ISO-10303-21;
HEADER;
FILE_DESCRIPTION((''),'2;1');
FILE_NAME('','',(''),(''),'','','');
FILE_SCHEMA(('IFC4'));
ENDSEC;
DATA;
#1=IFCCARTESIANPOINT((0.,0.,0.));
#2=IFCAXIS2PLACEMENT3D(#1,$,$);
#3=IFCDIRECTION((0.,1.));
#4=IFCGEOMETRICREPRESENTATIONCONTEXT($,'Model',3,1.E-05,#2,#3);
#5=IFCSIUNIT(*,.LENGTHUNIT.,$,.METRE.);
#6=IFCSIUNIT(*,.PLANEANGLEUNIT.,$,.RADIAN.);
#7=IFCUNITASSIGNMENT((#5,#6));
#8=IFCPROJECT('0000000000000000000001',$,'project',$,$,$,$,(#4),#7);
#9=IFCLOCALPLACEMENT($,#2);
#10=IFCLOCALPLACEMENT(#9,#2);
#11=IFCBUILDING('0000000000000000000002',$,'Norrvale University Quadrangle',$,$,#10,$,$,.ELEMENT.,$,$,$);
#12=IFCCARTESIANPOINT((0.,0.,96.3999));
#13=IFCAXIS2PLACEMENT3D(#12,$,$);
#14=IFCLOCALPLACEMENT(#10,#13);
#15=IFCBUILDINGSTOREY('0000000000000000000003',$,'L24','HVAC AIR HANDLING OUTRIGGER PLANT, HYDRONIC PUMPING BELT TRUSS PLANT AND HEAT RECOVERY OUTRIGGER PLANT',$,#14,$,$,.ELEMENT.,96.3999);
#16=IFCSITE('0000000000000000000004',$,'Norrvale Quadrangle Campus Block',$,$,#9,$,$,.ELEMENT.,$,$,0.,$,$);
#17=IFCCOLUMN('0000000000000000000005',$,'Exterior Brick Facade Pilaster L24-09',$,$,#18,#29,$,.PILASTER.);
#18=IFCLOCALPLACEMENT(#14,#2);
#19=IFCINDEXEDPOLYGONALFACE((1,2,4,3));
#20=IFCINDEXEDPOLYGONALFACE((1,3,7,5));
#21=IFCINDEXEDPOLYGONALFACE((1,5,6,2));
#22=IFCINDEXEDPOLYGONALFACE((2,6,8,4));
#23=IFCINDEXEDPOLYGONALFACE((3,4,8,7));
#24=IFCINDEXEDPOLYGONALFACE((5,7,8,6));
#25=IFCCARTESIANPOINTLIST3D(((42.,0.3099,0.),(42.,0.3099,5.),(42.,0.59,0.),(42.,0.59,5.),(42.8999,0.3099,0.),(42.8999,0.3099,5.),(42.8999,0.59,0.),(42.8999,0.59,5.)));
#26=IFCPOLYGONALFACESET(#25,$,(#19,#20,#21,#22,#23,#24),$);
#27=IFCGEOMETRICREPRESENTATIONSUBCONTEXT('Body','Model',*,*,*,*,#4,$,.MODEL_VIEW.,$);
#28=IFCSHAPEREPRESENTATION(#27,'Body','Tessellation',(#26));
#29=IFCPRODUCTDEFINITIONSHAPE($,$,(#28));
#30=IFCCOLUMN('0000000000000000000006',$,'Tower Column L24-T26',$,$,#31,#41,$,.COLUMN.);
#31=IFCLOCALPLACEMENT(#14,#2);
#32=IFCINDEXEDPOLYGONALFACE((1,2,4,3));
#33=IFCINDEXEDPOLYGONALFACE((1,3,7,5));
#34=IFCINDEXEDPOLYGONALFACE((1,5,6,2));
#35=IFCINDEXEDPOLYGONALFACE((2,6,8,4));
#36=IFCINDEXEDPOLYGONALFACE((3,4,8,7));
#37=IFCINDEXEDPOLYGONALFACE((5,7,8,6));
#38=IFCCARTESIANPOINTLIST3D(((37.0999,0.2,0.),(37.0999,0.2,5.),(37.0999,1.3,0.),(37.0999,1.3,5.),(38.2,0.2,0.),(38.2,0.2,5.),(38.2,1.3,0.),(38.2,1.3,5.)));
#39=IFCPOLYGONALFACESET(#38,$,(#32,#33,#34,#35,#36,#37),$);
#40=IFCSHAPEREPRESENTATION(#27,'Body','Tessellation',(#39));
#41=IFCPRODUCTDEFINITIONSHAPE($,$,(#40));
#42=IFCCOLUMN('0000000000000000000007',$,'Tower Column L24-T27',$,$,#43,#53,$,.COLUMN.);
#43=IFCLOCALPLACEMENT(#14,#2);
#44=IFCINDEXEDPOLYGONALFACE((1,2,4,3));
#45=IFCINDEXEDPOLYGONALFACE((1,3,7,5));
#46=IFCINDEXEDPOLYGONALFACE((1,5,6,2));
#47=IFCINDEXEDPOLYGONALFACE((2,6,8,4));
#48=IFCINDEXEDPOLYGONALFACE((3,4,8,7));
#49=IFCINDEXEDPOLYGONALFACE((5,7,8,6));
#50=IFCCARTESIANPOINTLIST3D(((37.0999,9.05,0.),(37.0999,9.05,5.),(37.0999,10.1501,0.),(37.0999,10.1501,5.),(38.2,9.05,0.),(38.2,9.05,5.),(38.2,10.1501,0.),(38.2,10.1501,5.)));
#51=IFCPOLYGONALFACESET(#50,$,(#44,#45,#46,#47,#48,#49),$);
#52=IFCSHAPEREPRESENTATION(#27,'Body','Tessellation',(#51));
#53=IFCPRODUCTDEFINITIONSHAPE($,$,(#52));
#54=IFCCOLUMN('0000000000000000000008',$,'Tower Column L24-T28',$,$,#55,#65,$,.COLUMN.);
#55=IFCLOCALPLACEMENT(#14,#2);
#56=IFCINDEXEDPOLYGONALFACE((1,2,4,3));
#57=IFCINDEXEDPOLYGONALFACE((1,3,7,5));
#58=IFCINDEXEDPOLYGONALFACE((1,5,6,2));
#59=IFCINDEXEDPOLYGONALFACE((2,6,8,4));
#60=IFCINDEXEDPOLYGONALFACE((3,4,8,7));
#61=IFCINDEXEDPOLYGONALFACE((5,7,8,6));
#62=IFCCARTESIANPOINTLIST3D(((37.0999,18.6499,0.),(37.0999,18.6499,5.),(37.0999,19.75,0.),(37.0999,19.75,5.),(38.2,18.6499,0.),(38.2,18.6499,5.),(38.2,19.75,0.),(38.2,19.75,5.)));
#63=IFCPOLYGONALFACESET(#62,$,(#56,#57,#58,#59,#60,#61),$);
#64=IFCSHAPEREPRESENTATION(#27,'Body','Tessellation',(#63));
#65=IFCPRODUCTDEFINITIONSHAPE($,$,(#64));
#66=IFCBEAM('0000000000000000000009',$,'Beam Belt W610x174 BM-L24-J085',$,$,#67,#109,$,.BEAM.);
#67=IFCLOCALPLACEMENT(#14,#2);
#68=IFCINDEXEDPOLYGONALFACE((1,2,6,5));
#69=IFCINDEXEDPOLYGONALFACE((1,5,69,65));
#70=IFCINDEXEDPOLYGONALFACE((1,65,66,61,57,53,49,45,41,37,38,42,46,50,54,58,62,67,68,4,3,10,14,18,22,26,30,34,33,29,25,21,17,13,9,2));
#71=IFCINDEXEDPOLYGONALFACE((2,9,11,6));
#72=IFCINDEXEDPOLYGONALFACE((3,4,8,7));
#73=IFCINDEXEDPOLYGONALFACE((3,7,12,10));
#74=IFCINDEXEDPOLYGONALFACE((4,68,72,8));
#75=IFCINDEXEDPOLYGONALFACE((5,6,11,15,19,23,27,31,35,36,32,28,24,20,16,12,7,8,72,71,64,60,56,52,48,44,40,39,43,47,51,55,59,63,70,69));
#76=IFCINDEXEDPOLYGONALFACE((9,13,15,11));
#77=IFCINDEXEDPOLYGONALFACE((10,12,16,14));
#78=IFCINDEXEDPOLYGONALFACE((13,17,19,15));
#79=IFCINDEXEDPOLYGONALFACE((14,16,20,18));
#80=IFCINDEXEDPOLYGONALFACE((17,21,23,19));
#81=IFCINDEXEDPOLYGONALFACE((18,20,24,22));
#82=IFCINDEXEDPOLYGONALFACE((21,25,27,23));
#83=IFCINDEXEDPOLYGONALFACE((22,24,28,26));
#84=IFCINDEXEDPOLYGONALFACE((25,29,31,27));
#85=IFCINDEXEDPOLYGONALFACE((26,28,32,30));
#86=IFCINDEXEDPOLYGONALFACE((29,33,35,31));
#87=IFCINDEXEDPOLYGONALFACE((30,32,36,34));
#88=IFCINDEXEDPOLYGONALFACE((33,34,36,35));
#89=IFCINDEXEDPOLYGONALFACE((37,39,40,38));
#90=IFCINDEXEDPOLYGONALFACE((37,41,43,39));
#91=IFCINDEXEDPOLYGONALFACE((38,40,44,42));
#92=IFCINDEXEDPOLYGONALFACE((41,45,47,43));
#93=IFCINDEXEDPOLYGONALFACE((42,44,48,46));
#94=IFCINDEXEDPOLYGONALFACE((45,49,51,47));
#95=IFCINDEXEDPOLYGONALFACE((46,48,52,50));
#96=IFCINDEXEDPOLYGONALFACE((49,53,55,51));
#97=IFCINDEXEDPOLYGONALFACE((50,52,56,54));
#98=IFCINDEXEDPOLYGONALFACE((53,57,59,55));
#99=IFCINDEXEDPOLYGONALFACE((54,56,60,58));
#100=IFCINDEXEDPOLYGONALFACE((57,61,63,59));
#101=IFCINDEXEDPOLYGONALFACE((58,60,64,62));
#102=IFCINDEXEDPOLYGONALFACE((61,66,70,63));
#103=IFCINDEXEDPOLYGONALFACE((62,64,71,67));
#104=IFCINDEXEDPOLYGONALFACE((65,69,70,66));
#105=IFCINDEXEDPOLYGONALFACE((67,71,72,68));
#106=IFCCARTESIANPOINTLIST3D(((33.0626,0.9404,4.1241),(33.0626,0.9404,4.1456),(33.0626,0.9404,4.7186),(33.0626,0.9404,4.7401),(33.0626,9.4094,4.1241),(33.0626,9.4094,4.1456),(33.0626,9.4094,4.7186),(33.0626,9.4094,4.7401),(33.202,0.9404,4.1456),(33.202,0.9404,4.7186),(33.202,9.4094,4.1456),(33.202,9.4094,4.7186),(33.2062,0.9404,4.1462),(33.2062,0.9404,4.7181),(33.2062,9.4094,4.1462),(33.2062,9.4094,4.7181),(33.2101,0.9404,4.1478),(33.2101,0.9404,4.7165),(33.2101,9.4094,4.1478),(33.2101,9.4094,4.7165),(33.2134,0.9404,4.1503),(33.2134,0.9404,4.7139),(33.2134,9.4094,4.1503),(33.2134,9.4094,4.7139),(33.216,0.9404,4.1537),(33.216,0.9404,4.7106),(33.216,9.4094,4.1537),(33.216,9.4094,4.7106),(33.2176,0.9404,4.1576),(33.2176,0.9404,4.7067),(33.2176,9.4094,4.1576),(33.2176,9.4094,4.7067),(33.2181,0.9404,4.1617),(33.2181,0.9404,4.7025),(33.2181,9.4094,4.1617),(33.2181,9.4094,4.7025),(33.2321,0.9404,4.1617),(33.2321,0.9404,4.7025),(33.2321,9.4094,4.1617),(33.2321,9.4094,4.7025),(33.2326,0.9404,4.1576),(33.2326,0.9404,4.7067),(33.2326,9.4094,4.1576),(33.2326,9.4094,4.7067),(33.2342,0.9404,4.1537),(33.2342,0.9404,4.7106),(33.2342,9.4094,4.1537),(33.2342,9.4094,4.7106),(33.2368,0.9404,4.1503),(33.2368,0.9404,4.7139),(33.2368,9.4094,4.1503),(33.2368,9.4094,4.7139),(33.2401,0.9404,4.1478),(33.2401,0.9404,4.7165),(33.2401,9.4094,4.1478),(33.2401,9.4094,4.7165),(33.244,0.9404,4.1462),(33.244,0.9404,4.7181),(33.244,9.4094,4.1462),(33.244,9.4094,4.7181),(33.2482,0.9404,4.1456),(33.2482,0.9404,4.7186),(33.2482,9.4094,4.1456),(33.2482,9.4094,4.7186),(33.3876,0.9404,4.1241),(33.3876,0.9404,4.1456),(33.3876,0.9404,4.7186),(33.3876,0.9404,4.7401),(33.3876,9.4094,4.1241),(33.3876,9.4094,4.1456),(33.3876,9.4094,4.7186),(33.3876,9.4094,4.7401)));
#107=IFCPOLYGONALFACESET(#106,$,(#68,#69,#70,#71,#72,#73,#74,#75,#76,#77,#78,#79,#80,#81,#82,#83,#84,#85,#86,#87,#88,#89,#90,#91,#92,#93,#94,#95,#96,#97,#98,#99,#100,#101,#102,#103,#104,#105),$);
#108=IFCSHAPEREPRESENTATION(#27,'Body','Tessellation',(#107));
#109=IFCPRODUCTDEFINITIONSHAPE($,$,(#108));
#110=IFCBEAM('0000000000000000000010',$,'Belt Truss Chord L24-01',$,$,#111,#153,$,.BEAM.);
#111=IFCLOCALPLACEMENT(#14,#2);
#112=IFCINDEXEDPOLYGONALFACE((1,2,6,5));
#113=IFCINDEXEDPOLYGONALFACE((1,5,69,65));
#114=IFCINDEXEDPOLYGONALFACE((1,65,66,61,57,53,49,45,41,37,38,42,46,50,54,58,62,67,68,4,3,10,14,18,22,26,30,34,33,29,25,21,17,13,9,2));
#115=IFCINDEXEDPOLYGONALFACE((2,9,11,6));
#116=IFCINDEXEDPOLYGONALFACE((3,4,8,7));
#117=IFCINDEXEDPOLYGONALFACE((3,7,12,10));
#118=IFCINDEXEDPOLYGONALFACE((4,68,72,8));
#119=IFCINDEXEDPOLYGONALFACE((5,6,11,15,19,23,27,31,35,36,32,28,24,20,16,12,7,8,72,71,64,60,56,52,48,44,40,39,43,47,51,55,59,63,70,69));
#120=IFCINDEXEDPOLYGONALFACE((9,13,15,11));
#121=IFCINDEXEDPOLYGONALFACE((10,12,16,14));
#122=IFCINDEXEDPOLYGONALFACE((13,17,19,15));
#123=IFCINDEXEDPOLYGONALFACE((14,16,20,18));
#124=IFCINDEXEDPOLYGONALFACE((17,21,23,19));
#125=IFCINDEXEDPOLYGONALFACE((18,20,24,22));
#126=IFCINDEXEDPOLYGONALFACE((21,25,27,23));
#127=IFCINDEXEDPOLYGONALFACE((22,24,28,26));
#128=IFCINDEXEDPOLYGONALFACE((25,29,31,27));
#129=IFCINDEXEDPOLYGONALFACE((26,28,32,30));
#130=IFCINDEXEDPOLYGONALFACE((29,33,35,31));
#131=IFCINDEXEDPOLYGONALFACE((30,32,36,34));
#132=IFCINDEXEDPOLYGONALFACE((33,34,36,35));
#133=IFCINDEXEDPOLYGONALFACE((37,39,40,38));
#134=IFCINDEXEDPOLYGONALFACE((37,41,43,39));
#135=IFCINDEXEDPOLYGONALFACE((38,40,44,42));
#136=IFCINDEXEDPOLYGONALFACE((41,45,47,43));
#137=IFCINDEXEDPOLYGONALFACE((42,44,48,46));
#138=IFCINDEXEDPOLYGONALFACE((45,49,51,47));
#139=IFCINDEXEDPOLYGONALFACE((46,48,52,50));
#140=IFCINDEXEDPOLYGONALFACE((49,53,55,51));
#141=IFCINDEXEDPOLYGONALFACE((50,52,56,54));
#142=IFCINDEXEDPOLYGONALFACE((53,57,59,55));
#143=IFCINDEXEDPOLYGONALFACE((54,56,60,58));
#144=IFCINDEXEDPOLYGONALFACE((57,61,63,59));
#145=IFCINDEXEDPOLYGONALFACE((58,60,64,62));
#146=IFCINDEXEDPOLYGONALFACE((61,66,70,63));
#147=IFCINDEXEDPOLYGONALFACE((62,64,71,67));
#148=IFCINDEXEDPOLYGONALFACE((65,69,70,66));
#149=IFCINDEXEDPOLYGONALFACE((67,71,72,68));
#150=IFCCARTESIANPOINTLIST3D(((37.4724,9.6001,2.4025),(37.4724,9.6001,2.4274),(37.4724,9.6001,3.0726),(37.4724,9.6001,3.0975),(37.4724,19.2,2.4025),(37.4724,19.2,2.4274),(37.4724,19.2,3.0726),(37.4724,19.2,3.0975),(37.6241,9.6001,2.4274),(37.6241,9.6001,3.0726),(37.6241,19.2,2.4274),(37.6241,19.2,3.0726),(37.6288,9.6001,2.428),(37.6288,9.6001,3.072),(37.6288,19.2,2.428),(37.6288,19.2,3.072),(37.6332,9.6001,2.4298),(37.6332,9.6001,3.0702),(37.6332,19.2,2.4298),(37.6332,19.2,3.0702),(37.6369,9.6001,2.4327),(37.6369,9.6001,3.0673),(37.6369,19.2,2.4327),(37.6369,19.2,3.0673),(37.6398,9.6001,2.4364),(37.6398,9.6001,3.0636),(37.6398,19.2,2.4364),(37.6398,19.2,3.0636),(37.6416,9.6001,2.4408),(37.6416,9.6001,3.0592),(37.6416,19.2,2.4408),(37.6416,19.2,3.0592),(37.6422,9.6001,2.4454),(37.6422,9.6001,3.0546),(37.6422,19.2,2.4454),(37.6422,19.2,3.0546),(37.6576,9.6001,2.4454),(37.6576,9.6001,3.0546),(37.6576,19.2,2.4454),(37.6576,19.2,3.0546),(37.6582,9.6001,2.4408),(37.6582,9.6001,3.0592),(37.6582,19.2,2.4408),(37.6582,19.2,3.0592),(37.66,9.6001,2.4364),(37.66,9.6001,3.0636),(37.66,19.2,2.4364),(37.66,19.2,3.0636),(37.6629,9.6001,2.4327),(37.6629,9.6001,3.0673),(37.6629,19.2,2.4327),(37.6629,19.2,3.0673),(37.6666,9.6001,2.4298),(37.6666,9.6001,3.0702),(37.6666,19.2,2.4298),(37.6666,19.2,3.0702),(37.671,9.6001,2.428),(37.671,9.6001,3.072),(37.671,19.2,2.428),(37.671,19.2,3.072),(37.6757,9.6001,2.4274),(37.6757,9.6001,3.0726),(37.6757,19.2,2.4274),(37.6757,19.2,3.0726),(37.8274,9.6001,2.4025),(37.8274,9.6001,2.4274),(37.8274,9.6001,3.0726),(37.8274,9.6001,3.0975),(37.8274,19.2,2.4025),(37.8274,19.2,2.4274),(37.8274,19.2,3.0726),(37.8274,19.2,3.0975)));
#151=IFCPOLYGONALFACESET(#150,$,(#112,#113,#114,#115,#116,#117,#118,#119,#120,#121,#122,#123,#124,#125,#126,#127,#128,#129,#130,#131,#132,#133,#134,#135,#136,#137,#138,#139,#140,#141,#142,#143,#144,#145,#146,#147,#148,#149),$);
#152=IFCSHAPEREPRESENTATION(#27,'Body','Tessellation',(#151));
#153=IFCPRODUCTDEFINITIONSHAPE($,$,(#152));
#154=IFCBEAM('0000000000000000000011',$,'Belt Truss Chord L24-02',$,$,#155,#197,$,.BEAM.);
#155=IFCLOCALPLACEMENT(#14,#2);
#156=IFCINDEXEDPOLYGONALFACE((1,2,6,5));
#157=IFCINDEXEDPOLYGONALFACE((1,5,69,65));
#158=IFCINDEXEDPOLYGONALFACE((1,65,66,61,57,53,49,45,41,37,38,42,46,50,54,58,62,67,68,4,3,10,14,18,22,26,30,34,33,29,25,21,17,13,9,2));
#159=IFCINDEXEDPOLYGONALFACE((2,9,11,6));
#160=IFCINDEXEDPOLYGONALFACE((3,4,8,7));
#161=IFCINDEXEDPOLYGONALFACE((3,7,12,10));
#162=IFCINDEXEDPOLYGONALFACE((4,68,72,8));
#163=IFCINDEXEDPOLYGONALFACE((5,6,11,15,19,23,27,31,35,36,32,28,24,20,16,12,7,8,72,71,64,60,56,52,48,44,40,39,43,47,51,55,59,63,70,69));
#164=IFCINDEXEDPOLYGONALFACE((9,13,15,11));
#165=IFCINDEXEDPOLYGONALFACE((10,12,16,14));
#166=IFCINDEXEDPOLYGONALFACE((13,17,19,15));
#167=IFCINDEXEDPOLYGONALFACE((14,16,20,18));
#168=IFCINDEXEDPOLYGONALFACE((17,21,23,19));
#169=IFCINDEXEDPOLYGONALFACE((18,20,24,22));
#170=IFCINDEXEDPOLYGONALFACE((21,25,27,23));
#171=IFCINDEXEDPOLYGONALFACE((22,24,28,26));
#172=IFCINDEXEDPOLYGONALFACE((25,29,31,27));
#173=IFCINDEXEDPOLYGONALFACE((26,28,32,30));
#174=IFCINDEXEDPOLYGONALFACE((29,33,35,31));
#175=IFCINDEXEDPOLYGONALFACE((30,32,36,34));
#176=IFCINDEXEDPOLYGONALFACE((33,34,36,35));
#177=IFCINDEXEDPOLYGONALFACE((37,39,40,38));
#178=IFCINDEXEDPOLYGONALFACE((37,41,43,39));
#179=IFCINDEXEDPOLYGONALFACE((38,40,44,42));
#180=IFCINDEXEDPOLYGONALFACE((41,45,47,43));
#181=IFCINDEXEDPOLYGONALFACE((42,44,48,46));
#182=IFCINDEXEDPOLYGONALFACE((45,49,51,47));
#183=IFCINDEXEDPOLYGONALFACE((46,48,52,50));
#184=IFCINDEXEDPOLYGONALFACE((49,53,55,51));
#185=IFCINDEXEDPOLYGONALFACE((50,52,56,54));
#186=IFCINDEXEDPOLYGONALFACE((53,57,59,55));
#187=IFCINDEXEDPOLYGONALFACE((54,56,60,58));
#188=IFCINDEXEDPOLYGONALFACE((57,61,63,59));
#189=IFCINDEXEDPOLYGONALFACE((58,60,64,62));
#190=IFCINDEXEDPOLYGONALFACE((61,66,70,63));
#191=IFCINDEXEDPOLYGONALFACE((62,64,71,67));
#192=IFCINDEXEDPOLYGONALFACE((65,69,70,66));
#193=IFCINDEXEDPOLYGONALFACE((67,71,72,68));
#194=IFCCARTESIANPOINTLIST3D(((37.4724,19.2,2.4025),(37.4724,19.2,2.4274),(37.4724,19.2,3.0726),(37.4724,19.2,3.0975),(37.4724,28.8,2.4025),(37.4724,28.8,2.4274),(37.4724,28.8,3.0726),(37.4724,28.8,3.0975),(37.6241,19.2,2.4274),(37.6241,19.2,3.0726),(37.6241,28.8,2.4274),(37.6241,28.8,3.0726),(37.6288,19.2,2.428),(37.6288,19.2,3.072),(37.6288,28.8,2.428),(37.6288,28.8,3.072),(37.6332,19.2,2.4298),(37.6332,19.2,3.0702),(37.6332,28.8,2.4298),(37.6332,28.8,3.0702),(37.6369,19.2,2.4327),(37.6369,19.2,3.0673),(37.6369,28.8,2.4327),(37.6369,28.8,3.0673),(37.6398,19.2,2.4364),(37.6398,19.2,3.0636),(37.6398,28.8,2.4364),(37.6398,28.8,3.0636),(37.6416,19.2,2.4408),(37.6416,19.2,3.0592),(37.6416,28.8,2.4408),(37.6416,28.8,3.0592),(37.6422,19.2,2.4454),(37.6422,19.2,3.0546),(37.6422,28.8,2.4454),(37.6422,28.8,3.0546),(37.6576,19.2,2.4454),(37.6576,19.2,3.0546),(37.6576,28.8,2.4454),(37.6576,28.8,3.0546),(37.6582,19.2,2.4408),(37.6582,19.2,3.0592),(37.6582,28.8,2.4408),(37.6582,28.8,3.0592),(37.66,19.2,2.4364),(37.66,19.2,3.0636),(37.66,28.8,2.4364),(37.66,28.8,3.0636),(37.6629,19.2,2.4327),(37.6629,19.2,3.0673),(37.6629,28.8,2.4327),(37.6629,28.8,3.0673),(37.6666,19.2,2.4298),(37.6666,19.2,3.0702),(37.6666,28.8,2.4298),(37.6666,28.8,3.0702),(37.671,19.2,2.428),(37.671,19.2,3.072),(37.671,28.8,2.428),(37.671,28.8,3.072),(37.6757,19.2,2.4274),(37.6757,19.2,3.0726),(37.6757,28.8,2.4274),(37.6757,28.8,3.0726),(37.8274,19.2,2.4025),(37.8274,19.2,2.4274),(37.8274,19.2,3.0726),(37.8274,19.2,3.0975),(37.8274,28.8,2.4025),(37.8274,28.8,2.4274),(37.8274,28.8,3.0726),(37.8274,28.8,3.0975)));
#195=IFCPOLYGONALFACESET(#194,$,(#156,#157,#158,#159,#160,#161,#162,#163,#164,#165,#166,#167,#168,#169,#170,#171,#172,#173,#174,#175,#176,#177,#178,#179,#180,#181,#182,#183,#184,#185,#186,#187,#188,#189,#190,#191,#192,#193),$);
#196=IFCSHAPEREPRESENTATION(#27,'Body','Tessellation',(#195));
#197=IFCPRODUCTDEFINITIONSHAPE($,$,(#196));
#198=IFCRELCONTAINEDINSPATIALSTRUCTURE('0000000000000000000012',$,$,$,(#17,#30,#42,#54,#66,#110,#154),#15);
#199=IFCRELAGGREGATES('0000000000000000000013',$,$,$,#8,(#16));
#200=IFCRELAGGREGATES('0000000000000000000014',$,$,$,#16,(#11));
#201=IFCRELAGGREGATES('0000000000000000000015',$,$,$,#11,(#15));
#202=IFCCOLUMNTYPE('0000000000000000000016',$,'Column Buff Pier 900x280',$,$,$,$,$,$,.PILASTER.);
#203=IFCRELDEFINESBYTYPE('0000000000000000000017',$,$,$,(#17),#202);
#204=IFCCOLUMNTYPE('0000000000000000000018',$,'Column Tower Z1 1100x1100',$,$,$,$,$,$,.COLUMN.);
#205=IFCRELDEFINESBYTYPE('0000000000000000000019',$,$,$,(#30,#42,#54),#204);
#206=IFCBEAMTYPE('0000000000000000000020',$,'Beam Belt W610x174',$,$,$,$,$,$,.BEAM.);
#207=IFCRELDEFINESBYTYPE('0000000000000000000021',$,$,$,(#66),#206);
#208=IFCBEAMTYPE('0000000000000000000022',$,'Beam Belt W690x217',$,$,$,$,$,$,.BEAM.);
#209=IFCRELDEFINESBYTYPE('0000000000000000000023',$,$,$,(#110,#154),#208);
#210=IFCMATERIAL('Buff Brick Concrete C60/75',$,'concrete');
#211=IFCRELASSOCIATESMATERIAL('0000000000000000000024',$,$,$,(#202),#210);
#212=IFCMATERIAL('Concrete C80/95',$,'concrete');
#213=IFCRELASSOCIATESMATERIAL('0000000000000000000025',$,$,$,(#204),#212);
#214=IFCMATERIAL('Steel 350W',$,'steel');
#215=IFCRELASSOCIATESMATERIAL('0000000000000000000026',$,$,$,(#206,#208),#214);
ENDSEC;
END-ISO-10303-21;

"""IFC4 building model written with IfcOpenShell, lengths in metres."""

from ifc_helpers import new_model, si_unit, direction, frame, origin, origin_2d, place, context, subcontext, project, spatial, rectangle, i_section, extrude, material, material_profile, profile_set, type_object, element, save


model = new_model("IFC4")

# Units and contexts
model_context = context("Model", 3, precision=1e-05, world=origin(), true_north=direction((0.0, 1.0)))
body_context = subcontext(model_context, "Body", "Model", "MODEL_VIEW")
ifc_project = project(units=[si_unit("LENGTHUNIT", "METRE"), si_unit("PLANEANGLEUNIT", "RADIAN")], contexts=[model_context])

# Site, building, storey
site_placement = place(None, origin())
site = spatial("IfcSite", under=ifc_project, at=site_placement, Name="Norrvale Quadrangle Campus Block", CompositionType="ELEMENT", RefElevation=0.0)
building_placement = place(site_placement, origin())
building = spatial("IfcBuilding", under=site, at=building_placement, Name="Norrvale University Quadrangle", CompositionType="ELEMENT")
storey_placement = place(building_placement, frame((0.0, 0.0, 96.3999)))
storey = spatial("IfcBuildingStorey", under=building, at=storey_placement, Name="L24", Description="HVAC AIR HANDLING OUTRIGGER PLANT, HYDRONIC PUMPING BELT TRUSS PLANT AND HEAT RECOVERY OUTRIGGER PLANT", CompositionType="ELEMENT", Elevation=96.3999)

# Columns
ifc_material_1 = material(Name="Buff Brick Concrete C60/75", Category="concrete")
ifc_material_profile_1 = material_profile(ifc_material_1, rectangle(XDim=0.8999, YDim=0.28, at=origin_2d()), Name="Buff Brick Concrete C60/75")
ifc_profile_set_1 = profile_set([ifc_material_profile_1], Name="Buff Brick Concrete C60/75")
column_type_1 = type_object("IfcColumnType", Name="Column Buff Pier 900x280", PredefinedType="PILASTER", material=ifc_profile_set_1)
column_placement = place(storey_placement, frame((42.45, 0.45, 0.0), z_axis=(0.0, 0.0, 1.0), x_axis=(1.0, 0.0, 0.0)))
element("IfcColumn", 1, at=column_placement, inside=storey, type_object=column_type_1, Name="Exterior Brick Facade Pilaster L24-09", PredefinedType="PILASTER", context=body_context, shape_type="SweptSolid", body=[
    extrude(rectangle(XDim=0.8999, YDim=0.28, at=origin_2d()), origin(), (0.0, 0.0, 1.0), 5.0),
])
ifc_material_2 = material(Name="Concrete C80/95", Category="concrete")
ifc_material_profile_2 = material_profile(ifc_material_2, rectangle(XDim=1.1001, YDim=1.1001, at=origin_2d()), Name="Concrete C80/95")
ifc_profile_set_2 = profile_set([ifc_material_profile_2], Name="Concrete C80/95")
column_type_2 = type_object("IfcColumnType", Name="Column Tower Z1 1100x1100", PredefinedType="COLUMN", material=ifc_profile_set_2)
for number, where, z_axis, x_axis, name in (
    (2, (37.6499, 0.75, 0.0), (0.0, 0.0, 1.0), (1.0, 0.0, 0.0), "Tower Column L24-T26"),
    (3, (37.6499, 9.6001, 0.0), (0.0, 0.0, 1.0), (1.0, 0.0, 0.0), "Tower Column L24-T27"),
    (4, (37.6499, 19.2, 0.0), (0.0, 0.0, 1.0), (1.0, 0.0, 0.0), "Tower Column L24-T28"),
):
    element("IfcColumn", number, at=place(storey_placement, frame(where, z_axis=z_axis, x_axis=x_axis)), inside=storey, type_object=column_type_2, Name=name, PredefinedType="COLUMN", context=body_context, shape_type="SweptSolid", body=[
        extrude(rectangle(XDim=1.1001, YDim=1.1001, at=origin_2d()), origin(), (0.0, 0.0, 1.0), 5.0),
    ])

# Beams
ifc_material_3 = material(Name="Steel 350W", Category="steel")
ifc_material_profile_3 = material_profile(ifc_material_3, i_section(OverallWidth=0.325, OverallDepth=0.616, WebThickness=0.0139, FlangeThickness=0.0215, FilletRadius=0.0161, at=origin_2d()), Name="Steel 350W")
ifc_profile_set_3 = profile_set([ifc_material_profile_3], Name="Steel 350W")
beam_type_1 = type_object("IfcBeamType", Name="Beam Belt W610x174", PredefinedType="BEAM", material=ifc_profile_set_3)
beam_1_placement = place(storey_placement, frame((33.2251, 0.9404, 4.4321), z_axis=(0.0, 1.0, 0.0), x_axis=(-1.0, 0.0, 0.0)))
element("IfcBeam", 5, at=beam_1_placement, inside=storey, type_object=beam_type_1, Name="Beam Belt W610x174 BM-L24-J085", PredefinedType="BEAM", context=body_context, shape_type="SweptSolid", body=[
    extrude(i_section(OverallWidth=0.325, OverallDepth=0.616, WebThickness=0.0139, FlangeThickness=0.0215, FilletRadius=0.0161, at=origin_2d()), origin(), (0.0, 0.0, 1.0), 8.469),
])
ifc_material_profile_4 = material_profile(ifc_material_3, i_section(OverallWidth=0.355, OverallDepth=0.6951, WebThickness=0.0154, FlangeThickness=0.0249, FilletRadius=0.0181, at=origin_2d()), Name="Steel 350W")
ifc_profile_set_4 = profile_set([ifc_material_profile_4], Name="Steel 350W")
beam_type_2 = type_object("IfcBeamType", Name="Beam Belt W690x217", PredefinedType="BEAM", material=ifc_profile_set_4)
beam_2_placement = place(storey_placement, frame((37.6499, 9.6001, 2.75), z_axis=(0.0, 1.0, 0.0), x_axis=(-1.0, 0.0, 0.0)))
element("IfcBeam", 6, at=beam_2_placement, inside=storey, type_object=beam_type_2, Name="Belt Truss Chord L24-01", PredefinedType="BEAM", context=body_context, shape_type="SweptSolid", body=[
    extrude(i_section(OverallWidth=0.355, OverallDepth=0.6951, WebThickness=0.0154, FlangeThickness=0.0249, FilletRadius=0.0181, at=origin_2d()), origin(), (0.0, 0.0, 1.0), 9.5999),
])
beam_3_placement = place(storey_placement, frame((37.6499, 19.2, 2.75), z_axis=(0.0, 1.0, 0.0), x_axis=(-1.0, 0.0, 0.0)))
element("IfcBeam", 7, at=beam_3_placement, inside=storey, type_object=beam_type_2, Name="Belt Truss Chord L24-02", PredefinedType="BEAM", context=body_context, shape_type="SweptSolid", body=[
    extrude(i_section(OverallWidth=0.355, OverallDepth=0.6951, WebThickness=0.0154, FlangeThickness=0.0249, FilletRadius=0.0181, at=origin_2d()), origin(), (0.0, 0.0, 1.0), 9.6001),
])

save(model, "model.ifc")
